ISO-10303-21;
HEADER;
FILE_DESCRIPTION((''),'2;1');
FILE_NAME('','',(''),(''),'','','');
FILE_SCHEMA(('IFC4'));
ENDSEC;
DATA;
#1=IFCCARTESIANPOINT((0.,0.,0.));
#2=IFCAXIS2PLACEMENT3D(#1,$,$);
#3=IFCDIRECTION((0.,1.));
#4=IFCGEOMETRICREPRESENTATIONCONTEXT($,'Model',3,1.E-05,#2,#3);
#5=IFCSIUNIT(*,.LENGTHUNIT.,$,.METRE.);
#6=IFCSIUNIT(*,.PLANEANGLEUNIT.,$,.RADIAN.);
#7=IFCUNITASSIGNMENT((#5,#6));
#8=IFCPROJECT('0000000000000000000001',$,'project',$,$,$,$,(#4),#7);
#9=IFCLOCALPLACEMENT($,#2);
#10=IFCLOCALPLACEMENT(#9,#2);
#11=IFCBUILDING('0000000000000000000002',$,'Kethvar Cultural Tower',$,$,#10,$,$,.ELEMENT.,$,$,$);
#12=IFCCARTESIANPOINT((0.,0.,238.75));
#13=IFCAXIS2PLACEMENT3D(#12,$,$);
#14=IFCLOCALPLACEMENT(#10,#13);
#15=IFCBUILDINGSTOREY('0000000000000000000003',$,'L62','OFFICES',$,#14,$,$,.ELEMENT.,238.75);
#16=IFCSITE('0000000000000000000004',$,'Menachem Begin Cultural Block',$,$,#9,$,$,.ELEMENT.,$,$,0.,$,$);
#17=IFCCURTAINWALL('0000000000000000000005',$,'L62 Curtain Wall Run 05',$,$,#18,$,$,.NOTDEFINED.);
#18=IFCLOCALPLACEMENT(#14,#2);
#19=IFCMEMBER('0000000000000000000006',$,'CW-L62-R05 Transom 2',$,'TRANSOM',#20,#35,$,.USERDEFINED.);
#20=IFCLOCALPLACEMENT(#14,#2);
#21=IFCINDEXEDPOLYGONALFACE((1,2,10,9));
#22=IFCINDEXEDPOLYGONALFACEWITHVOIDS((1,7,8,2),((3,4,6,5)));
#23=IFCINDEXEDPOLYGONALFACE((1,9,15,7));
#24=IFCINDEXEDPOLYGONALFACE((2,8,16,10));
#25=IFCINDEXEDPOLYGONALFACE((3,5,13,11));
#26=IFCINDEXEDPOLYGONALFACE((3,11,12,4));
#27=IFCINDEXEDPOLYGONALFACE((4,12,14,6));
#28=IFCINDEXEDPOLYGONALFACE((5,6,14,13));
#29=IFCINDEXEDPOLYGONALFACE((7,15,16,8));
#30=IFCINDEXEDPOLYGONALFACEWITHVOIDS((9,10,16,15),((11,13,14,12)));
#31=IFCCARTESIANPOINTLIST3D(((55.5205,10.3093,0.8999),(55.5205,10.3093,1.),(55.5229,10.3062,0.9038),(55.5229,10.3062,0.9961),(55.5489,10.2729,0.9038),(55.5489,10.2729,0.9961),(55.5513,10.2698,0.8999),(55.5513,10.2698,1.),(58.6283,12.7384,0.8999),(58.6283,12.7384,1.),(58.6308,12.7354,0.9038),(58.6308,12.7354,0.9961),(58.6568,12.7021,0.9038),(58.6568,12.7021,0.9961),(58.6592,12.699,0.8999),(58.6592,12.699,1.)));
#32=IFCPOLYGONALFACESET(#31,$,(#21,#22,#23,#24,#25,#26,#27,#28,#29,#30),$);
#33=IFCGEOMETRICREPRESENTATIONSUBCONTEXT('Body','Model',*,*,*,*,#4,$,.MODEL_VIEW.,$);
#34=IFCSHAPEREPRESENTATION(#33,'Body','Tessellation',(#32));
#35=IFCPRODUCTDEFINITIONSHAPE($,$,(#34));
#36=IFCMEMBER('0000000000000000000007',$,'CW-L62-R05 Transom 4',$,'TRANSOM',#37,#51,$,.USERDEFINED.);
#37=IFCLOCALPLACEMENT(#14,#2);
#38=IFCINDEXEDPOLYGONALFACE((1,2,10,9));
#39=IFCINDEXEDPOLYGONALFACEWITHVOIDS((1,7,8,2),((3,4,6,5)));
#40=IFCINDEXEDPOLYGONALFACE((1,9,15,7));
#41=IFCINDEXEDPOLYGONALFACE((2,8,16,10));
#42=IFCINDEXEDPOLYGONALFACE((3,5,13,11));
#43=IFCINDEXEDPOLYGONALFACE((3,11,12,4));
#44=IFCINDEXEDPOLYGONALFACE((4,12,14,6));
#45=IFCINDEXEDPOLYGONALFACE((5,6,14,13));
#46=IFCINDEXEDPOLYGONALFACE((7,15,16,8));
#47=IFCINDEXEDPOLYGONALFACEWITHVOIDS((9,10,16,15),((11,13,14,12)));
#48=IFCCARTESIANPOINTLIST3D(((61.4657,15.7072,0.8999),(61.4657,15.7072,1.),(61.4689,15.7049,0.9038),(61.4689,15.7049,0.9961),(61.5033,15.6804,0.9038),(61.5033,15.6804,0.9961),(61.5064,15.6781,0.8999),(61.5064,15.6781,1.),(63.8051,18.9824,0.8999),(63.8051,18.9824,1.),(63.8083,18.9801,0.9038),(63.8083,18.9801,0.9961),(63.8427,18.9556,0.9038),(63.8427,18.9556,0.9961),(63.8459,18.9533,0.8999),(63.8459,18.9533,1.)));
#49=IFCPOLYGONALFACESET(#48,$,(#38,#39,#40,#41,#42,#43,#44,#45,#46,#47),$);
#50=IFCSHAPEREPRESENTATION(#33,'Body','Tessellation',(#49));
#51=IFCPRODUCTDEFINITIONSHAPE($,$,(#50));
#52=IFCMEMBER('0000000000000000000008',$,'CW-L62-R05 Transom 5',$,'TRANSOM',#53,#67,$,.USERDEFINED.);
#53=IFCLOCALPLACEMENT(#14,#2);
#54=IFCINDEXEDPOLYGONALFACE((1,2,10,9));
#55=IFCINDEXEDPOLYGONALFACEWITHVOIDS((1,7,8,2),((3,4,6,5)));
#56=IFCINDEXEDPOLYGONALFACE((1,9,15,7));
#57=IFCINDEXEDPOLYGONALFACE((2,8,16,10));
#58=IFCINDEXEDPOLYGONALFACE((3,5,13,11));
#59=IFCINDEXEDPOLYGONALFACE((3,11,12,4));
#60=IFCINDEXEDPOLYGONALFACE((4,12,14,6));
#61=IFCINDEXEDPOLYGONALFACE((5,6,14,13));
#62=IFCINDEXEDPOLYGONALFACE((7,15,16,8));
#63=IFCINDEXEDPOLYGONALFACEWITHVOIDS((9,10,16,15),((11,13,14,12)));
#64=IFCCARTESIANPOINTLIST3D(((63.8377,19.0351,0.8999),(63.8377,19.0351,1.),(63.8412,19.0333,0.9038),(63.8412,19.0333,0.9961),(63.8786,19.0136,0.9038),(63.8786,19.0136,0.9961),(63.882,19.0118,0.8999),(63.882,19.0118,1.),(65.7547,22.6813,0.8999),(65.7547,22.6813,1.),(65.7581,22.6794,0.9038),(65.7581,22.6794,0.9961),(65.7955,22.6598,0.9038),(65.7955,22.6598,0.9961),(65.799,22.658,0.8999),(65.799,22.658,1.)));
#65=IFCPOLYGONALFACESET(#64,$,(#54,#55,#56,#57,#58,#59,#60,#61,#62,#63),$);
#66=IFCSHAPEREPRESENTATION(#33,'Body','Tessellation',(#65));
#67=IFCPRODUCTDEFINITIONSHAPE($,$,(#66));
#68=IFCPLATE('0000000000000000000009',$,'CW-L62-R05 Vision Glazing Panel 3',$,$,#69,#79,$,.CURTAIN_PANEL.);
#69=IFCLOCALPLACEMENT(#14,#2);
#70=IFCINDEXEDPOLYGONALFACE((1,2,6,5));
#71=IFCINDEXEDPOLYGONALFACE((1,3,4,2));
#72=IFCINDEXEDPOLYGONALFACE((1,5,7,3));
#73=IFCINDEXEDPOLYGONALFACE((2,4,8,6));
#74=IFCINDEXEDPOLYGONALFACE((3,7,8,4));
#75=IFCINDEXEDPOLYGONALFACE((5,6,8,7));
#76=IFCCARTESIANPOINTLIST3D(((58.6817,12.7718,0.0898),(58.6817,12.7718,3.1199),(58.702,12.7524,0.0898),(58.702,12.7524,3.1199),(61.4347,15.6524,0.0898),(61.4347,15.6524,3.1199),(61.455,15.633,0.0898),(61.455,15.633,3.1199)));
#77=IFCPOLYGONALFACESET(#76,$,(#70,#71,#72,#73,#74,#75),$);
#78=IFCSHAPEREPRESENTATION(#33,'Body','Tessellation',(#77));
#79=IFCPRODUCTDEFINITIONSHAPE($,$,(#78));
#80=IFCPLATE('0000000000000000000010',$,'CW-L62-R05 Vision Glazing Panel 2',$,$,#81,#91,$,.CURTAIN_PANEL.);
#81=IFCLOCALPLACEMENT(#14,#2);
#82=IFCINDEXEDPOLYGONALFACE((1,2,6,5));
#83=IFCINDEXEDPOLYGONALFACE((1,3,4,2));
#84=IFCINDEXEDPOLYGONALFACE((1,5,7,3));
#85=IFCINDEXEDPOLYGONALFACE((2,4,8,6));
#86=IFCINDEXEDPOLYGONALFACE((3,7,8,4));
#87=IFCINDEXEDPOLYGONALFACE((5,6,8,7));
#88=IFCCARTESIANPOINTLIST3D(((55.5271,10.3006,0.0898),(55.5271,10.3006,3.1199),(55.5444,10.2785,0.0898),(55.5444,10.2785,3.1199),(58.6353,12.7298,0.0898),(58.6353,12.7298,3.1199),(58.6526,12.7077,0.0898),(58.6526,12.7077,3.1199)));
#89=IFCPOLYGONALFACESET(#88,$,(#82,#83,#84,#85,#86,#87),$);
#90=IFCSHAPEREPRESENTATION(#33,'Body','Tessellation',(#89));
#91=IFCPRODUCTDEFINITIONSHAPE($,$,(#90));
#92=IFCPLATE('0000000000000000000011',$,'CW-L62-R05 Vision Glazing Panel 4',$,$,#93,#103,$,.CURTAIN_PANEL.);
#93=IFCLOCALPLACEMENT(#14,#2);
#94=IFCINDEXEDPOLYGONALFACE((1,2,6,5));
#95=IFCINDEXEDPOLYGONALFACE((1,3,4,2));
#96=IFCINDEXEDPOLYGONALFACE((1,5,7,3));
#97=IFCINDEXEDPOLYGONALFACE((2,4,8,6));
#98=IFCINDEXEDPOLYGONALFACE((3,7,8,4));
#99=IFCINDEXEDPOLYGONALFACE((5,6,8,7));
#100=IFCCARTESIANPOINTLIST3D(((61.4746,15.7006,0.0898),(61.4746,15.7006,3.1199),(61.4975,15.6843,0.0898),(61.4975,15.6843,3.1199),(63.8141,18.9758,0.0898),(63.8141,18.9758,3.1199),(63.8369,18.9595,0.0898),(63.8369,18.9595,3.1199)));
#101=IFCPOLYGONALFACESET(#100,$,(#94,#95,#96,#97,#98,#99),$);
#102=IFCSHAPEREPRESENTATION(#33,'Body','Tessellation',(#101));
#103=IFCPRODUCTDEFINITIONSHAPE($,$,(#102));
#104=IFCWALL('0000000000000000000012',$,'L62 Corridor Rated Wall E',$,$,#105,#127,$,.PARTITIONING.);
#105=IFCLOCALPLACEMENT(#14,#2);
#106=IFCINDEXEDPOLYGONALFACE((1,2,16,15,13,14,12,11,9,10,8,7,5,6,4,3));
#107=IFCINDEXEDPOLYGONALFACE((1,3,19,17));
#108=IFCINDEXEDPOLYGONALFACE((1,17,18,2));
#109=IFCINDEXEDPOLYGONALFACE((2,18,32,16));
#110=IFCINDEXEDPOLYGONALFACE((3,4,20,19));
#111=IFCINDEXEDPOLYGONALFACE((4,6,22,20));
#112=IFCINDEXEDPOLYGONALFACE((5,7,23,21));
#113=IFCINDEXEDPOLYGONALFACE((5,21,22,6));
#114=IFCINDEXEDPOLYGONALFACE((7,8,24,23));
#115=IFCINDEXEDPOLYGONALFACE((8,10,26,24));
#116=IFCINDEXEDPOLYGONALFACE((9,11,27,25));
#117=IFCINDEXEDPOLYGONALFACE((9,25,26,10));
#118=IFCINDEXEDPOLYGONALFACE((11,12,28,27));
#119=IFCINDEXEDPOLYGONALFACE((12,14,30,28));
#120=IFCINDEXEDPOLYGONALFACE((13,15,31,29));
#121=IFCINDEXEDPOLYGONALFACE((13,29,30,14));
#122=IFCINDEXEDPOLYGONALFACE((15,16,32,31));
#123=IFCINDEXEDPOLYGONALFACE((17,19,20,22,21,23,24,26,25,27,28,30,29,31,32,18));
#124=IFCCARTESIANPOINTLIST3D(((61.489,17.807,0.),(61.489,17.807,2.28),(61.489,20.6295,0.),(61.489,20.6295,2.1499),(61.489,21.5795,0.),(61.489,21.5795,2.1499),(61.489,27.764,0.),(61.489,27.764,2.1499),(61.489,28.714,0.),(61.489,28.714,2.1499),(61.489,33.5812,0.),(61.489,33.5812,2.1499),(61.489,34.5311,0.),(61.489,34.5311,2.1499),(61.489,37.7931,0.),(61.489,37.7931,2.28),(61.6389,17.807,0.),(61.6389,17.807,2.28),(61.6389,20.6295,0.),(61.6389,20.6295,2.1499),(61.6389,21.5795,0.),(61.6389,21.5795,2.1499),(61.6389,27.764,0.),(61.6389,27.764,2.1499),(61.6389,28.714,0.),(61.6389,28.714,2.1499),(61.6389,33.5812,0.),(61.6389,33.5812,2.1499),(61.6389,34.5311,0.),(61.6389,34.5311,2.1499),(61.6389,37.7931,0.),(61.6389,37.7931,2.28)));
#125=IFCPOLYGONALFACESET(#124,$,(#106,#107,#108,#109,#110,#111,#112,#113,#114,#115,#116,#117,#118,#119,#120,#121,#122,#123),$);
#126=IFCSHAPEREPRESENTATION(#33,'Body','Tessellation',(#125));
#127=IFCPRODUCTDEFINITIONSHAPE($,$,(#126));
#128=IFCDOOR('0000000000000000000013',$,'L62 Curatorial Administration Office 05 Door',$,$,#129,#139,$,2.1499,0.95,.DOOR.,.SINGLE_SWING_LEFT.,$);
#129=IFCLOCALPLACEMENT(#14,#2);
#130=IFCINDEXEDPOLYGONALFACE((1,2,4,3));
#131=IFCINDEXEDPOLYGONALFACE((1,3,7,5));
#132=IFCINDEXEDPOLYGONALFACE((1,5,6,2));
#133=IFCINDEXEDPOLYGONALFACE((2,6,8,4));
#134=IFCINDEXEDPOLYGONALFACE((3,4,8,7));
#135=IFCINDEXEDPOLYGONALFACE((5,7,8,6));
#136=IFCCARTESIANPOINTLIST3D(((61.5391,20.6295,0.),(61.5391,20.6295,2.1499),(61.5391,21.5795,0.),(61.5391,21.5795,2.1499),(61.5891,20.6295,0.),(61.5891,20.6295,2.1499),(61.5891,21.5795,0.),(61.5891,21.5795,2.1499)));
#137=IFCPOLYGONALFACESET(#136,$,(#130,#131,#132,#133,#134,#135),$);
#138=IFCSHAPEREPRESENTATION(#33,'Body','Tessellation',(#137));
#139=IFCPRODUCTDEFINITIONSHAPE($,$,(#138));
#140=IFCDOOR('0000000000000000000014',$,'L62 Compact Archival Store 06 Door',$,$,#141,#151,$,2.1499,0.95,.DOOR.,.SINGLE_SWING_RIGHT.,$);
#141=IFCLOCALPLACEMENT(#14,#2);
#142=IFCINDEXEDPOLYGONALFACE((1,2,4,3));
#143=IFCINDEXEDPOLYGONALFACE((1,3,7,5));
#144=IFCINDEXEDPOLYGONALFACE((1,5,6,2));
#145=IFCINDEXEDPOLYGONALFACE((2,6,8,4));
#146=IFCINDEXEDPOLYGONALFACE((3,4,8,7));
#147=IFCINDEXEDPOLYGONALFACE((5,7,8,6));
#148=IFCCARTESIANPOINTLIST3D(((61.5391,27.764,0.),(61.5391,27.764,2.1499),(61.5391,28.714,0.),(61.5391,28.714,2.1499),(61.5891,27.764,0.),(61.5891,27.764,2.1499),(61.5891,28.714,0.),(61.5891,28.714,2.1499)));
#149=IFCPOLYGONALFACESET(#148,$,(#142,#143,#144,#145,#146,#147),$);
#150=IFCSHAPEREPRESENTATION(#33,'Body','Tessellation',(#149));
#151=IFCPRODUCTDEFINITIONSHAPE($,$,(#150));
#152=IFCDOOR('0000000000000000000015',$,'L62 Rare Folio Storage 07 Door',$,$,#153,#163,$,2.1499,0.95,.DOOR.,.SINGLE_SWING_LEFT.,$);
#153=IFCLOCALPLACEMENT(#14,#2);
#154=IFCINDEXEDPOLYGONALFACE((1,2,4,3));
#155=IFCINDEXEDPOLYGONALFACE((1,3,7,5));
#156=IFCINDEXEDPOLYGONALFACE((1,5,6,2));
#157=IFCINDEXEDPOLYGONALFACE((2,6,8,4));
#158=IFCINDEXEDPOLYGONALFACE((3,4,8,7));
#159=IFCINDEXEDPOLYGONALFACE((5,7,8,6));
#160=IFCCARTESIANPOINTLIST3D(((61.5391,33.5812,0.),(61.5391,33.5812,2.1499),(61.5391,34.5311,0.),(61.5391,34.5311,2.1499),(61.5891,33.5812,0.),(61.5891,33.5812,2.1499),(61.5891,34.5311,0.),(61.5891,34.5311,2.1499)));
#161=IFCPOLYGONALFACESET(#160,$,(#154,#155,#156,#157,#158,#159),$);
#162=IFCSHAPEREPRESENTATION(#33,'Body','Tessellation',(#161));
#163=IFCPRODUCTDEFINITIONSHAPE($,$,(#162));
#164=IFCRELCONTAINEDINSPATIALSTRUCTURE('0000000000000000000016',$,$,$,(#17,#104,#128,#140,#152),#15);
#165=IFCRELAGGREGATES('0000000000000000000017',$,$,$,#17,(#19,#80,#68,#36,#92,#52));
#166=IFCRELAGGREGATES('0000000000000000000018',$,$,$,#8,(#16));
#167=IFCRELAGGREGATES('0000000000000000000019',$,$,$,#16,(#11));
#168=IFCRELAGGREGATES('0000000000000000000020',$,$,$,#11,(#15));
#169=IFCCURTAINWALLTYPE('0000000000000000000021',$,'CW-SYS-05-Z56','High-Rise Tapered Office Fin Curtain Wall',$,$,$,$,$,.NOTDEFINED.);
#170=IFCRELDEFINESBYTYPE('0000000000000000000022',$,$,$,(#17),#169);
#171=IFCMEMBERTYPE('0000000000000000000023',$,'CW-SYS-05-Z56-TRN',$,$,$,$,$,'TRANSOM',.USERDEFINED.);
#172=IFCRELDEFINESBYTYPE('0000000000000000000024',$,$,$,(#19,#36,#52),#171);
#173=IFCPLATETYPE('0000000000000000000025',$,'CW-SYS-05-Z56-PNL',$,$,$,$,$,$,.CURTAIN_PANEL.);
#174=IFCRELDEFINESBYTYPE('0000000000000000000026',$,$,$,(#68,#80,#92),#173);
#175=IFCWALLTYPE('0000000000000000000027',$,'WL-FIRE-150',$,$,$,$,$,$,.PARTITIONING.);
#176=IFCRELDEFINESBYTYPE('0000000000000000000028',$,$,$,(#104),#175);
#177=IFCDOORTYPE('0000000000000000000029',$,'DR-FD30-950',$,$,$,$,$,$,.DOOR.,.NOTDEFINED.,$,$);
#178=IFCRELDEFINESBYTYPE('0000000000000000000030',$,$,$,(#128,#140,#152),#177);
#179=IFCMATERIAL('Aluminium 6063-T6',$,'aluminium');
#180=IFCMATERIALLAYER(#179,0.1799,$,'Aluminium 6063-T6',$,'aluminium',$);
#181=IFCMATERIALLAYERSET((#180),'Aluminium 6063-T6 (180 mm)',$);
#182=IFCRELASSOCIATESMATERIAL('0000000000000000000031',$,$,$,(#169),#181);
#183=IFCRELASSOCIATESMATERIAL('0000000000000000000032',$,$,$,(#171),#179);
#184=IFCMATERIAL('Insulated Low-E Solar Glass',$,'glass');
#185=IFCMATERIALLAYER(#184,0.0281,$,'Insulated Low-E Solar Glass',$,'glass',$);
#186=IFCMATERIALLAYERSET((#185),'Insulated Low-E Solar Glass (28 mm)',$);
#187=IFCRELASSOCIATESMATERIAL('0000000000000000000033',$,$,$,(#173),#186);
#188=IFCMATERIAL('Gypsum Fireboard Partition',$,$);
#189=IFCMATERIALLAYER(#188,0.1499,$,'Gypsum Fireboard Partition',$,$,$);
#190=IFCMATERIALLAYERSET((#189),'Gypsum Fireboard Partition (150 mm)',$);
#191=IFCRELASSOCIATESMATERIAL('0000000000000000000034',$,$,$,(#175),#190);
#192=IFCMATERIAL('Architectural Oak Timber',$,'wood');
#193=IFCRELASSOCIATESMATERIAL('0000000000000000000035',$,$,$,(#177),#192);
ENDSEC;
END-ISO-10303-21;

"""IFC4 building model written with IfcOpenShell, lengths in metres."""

from ifc_helpers import new_model, si_unit, direction, frame, frame_2d, origin, origin_2d, place, context, subcontext, project, spatial, rectangle, hollow_rectangle, extrude, source, transform, mapped, material, layer, layer_set, material_profile, profile_set, type_object, element, fill, aggregate, save


model = new_model("IFC4")

# Units and contexts
model_context = context("Model", 3, precision=1e-05, world=origin(), true_north=direction((0.0, 1.0)))
body_context = subcontext(model_context, "Body", "Model", "MODEL_VIEW")
ifc_project = project(units=[si_unit("LENGTHUNIT", "METRE"), si_unit("PLANEANGLEUNIT", "RADIAN")], contexts=[model_context])

# Site, building, storey
site_placement = place(None, origin())
site = spatial("IfcSite", under=ifc_project, at=site_placement, Name="Menachem Begin Cultural Block", CompositionType="ELEMENT", RefElevation=0.0)
building_placement = place(site_placement, origin())
building = spatial("IfcBuilding", under=site, at=building_placement, Name="Kethvar Cultural Tower", CompositionType="ELEMENT")
storey_placement = place(building_placement, frame((0.0, 0.0, 238.75)))
storey = spatial("IfcBuildingStorey", under=building, at=storey_placement, Name="L62", Description="OFFICES", CompositionType="ELEMENT", Elevation=238.75)

# Curtain wall, members, plates
ifc_material_1 = material(Name="Aluminium 6063-T6", Category="aluminium")
ifc_layer_1 = layer(ifc_material_1, 0.1799, Name="Aluminium 6063-T6", Category="aluminium")
ifc_layer_set_1 = layer_set([ifc_layer_1], Name="Aluminium 6063-T6 (180 mm)")
curtain_wall_type = type_object("IfcCurtainWallType", Name="CW-SYS-05-Z56", Description="High-Rise Tapered Office Fin Curtain Wall", PredefinedType="NOTDEFINED", material=ifc_layer_set_1)
curtain_wall_placement = place(storey_placement, origin())
curtain_wall = element("IfcCurtainWall", 1, at=curtain_wall_placement, inside=storey, type_object=curtain_wall_type, Name="L62 Curtain Wall Run 05", PredefinedType="NOTDEFINED")
ifc_material_profile_1 = material_profile(ifc_material_1, hollow_rectangle(XDim=0.05, YDim=0.1001, WallThickness=0.0039, at=origin_2d()), Name="Aluminium 6063-T6 — RHS100x50x4")
ifc_profile_set_1 = profile_set([ifc_material_profile_1], Name="Aluminium 6063-T6 — RHS100x50x4")
member_type_1 = type_object("IfcMemberType", Name="CW-SYS-05-Z56-TRN", ElementType="TRANSOM", PredefinedType="USERDEFINED", material=ifc_profile_set_1)
shared_shape_1 = source(origin(), body_context, "Body", "SweptSolid", [
    extrude(hollow_rectangle(XDim=0.05, YDim=0.1001, WallThickness=0.0039, at=origin_2d()), origin(), (0.0, 0.0, 1.0), 3.9446),
])
member_1_placement = place(storey_placement, frame((55.5359, 10.2896, 0.95), z_axis=(0.787884, 0.615824, 0.0), x_axis=(-0.615824, 0.787884, 0.0)))
member_1 = element("IfcMember", 2, at=member_1_placement, type_object=member_type_1, Name="CW-L62-R05 Transom 2", ObjectType="TRANSOM", PredefinedType="USERDEFINED", context=body_context, shape_type="MappedRepresentation", body=[
    mapped(shared_shape_1, transform((0.0, 0.0, 0.0), scale=1.0)),
])
shared_shape_2 = source(origin(), body_context, "Body", "SweptSolid", [
    extrude(hollow_rectangle(XDim=0.05, YDim=0.1001, WallThickness=0.0039, at=origin_2d()), origin(), (0.0, 0.0, 1.0), 4.0249),
])
member_2_placement = place(storey_placement, frame((61.4861, 15.6926, 0.95), z_axis=(0.581232, 0.813738, 0.0), x_axis=(-0.813738, 0.581232, 0.0)))
member_2 = element("IfcMember", 3, at=member_2_placement, type_object=member_type_1, Name="CW-L62-R05 Transom 4", ObjectType="TRANSOM", PredefinedType="USERDEFINED", context=body_context, shape_type="MappedRepresentation", body=[
    mapped(shared_shape_2, transform((0.0, 0.0, 0.0), scale=1.0)),
])
shared_shape_3 = source(origin(), body_context, "Body", "SweptSolid", [
    extrude(hollow_rectangle(XDim=0.05, YDim=0.1001, WallThickness=0.0039, at=origin_2d()), origin(), (0.0, 0.0, 1.0), 4.1194),
])
member_3_placement = place(storey_placement, frame((63.8599, 19.0234, 0.95), z_axis=(0.465351, 0.885126, 0.0), x_axis=(-0.885126, 0.465351, 0.0)))
member_3 = element("IfcMember", 4, at=member_3_placement, type_object=member_type_1, Name="CW-L62-R05 Transom 5", ObjectType="TRANSOM", PredefinedType="USERDEFINED", context=body_context, shape_type="MappedRepresentation", body=[
    mapped(shared_shape_3, transform((0.0, 0.0, 0.0), scale=1.0)),
])
ifc_material_2 = material(Name="Insulated Low-E Solar Glass", Category="glass")
ifc_layer_2 = layer(ifc_material_2, 0.0281, Name="Insulated Low-E Solar Glass", Category="glass")
ifc_layer_set_2 = layer_set([ifc_layer_2], Name="Insulated Low-E Solar Glass (28 mm)")
plate_type = type_object("IfcPlateType", Name="CW-SYS-05-Z56-PNL", PredefinedType="CURTAIN_PANEL", material=ifc_layer_set_2)
shared_shape_4 = source(origin(), body_context, "Body", "SweptSolid", [
    extrude(rectangle(XDim=3.9846, YDim=0.0281, at=origin_2d()), origin(), (0.0, 0.0, 1.0), 3.03),
])
plate_1_placement = place(storey_placement, frame((60.0684, 14.2024, 0.0898), z_axis=(0.0, 0.0, 1.0), x_axis=(0.69092, 0.722931, 0.0)))
plate_1 = element("IfcPlate", 5, at=plate_1_placement, type_object=plate_type, Name="CW-L62-R05 Vision Glazing Panel 3", PredefinedType="CURTAIN_PANEL", context=body_context, shape_type="MappedRepresentation", body=[
    mapped(shared_shape_4, transform((0.0, 0.0, 0.0), scale=1.0)),
])
shared_shape_5 = source(origin(), body_context, "Body", "SweptSolid", [
    extrude(rectangle(XDim=3.9448, YDim=0.0281, at=origin_2d()), origin(), (0.0, 0.0, 1.0), 3.03),
])
plate_2_placement = place(storey_placement, frame((57.0898, 11.5042, 0.0898), z_axis=(0.0, 0.0, 1.0), x_axis=(0.787903, 0.615799, 0.0)))
plate_2 = element("IfcPlate", 6, at=plate_2_placement, type_object=plate_type, Name="CW-L62-R05 Vision Glazing Panel 2", PredefinedType="CURTAIN_PANEL", context=body_context, shape_type="MappedRepresentation", body=[
    mapped(shared_shape_5, transform((0.0, 0.0, 0.0), scale=1.0)),
])
shared_shape_6 = source(origin(), body_context, "Body", "SweptSolid", [
    extrude(rectangle(XDim=4.0249, YDim=0.0281, at=origin_2d()), origin(), (0.0, 0.0, 1.0), 3.03),
])
plate_3_placement = place(storey_placement, frame((62.6558, 17.3301, 0.0898), z_axis=(0.0, 0.0, 1.0), x_axis=(0.581243, 0.81373, 0.0)))
plate_3 = element("IfcPlate", 7, at=plate_3_placement, type_object=plate_type, Name="CW-L62-R05 Vision Glazing Panel 4", PredefinedType="CURTAIN_PANEL", context=body_context, shape_type="MappedRepresentation", body=[
    mapped(shared_shape_6, transform((0.0, 0.0, 0.0), scale=1.0)),
])
aggregate(curtain_wall, [member_1, plate_2, plate_1, member_2, plate_3, member_3])

# Wall, openings, doors
ifc_material_3 = material(Name="Gypsum Fireboard Partition")
ifc_layer_3 = layer(ifc_material_3, 0.1499, Name="Gypsum Fireboard Partition")
ifc_layer_set_3 = layer_set([ifc_layer_3], Name="Gypsum Fireboard Partition (150 mm)")
wall_type_1 = type_object("IfcWallType", Name="WL-FIRE-150", PredefinedType="PARTITIONING", material=ifc_layer_set_3)
wall_1_placement = place(storey_placement, frame((61.564, 17.8069, 0.0), z_axis=(0.0, 0.0, 1.0), x_axis=(0.0, 1.0, 0.0)))
wall_1 = element("IfcWall", 8, at=wall_1_placement, inside=storey, type_object=wall_type_1, Name="L62 Corridor Rated Wall E", PredefinedType="PARTITIONING", context=body_context, shape_type="SweptSolid", body=[
    extrude(rectangle(XDim=19.9861, YDim=0.1499, at=frame_2d((9.9932, 0.0))), origin(), (0.0, 0.0, 1.0), 2.28),
])
opening_1_placement = place(wall_1_placement, frame((2.8225, 0.0, 0.0)))
opening_1 = element("IfcOpeningElement", 9, at=opening_1_placement, cuts=wall_1, PredefinedType="OPENING", context=body_context, shape_type="SweptSolid", body=[
    extrude(rectangle(XDim=0.95, YDim=2.1499, at=frame_2d((0.4751, 1.075))), frame((0.0, 0.085, 0.0), z_axis=(0.0, -1.0, 0.0), x_axis=(1.0, 0.0, 0.0)), (0.0, 0.0, 1.0), 0.1699),
])
opening_2_placement = place(wall_1_placement, frame((9.957, 0.0, 0.0)))
opening_2 = element("IfcOpeningElement", 10, at=opening_2_placement, cuts=wall_1, PredefinedType="OPENING", context=body_context, shape_type="SweptSolid", body=[
    extrude(rectangle(XDim=0.95, YDim=2.1499, at=frame_2d((0.4751, 1.075))), frame((0.0, 0.085, 0.0), z_axis=(0.0, -1.0, 0.0), x_axis=(1.0, 0.0, 0.0)), (0.0, 0.0, 1.0), 0.1699),
])
opening_3_placement = place(wall_1_placement, frame((15.7742, 0.0, 0.0)))
opening_3 = element("IfcOpeningElement", 11, at=opening_3_placement, cuts=wall_1, PredefinedType="OPENING", context=body_context, shape_type="SweptSolid", body=[
    extrude(rectangle(XDim=0.95, YDim=2.1499, at=frame_2d((0.4751, 1.075))), frame((0.0, 0.085, 0.0), z_axis=(0.0, -1.0, 0.0), x_axis=(1.0, 0.0, 0.0)), (0.0, 0.0, 1.0), 0.1699),
])
ifc_material_4 = material(Name="Architectural Oak Timber", Category="wood")
door_type = type_object("IfcDoorType", Name="DR-FD30-950", OperationType="NOTDEFINED", PredefinedType="DOOR", material=ifc_material_4)
shared_shape_7 = source(origin(), body_context, "Body", "SweptSolid", [
    extrude(rectangle(XDim=0.95, YDim=2.1499, at=frame_2d((0.4751, 1.075))), frame((0.0, 0.0249, 0.0), z_axis=(0.0, -1.0, 0.0), x_axis=(1.0, 0.0, 0.0)), (0.0, 0.0, 1.0), 0.05),
])
door_1_placement = place(opening_1_placement, origin())
door_1 = element("IfcDoor", 12, at=door_1_placement, inside=storey, type_object=door_type, Name="L62 Curatorial Administration Office 05 Door", OperationType="SINGLE_SWING_LEFT", OverallHeight=2.1499, OverallWidth=0.95, PredefinedType="DOOR", context=body_context, shape_type="MappedRepresentation", body=[
    mapped(shared_shape_7, transform((0.0, 0.0, 0.0), scale=1.0)),
])
fill(opening_1, door_1)
door_2_placement = place(opening_2_placement, origin())
door_2 = element("IfcDoor", 13, at=door_2_placement, inside=storey, type_object=door_type, Name="L62 Compact Archival Store 06 Door", OperationType="SINGLE_SWING_RIGHT", OverallHeight=2.1499, OverallWidth=0.95, PredefinedType="DOOR", context=body_context, shape_type="MappedRepresentation", body=[
    mapped(shared_shape_7, transform((0.0, 0.0, 0.0), scale=1.0)),
])
fill(opening_2, door_2)
door_3_placement = place(opening_3_placement, origin())
door_3 = element("IfcDoor", 14, at=door_3_placement, inside=storey, type_object=door_type, Name="L62 Rare Folio Storage 07 Door", OperationType="SINGLE_SWING_LEFT", OverallHeight=2.1499, OverallWidth=0.95, PredefinedType="DOOR", context=body_context, shape_type="MappedRepresentation", body=[
    mapped(shared_shape_7, transform((0.0, 0.0, 0.0), scale=1.0)),
])
fill(opening_3, door_3)

save(model, "model.ifc")
